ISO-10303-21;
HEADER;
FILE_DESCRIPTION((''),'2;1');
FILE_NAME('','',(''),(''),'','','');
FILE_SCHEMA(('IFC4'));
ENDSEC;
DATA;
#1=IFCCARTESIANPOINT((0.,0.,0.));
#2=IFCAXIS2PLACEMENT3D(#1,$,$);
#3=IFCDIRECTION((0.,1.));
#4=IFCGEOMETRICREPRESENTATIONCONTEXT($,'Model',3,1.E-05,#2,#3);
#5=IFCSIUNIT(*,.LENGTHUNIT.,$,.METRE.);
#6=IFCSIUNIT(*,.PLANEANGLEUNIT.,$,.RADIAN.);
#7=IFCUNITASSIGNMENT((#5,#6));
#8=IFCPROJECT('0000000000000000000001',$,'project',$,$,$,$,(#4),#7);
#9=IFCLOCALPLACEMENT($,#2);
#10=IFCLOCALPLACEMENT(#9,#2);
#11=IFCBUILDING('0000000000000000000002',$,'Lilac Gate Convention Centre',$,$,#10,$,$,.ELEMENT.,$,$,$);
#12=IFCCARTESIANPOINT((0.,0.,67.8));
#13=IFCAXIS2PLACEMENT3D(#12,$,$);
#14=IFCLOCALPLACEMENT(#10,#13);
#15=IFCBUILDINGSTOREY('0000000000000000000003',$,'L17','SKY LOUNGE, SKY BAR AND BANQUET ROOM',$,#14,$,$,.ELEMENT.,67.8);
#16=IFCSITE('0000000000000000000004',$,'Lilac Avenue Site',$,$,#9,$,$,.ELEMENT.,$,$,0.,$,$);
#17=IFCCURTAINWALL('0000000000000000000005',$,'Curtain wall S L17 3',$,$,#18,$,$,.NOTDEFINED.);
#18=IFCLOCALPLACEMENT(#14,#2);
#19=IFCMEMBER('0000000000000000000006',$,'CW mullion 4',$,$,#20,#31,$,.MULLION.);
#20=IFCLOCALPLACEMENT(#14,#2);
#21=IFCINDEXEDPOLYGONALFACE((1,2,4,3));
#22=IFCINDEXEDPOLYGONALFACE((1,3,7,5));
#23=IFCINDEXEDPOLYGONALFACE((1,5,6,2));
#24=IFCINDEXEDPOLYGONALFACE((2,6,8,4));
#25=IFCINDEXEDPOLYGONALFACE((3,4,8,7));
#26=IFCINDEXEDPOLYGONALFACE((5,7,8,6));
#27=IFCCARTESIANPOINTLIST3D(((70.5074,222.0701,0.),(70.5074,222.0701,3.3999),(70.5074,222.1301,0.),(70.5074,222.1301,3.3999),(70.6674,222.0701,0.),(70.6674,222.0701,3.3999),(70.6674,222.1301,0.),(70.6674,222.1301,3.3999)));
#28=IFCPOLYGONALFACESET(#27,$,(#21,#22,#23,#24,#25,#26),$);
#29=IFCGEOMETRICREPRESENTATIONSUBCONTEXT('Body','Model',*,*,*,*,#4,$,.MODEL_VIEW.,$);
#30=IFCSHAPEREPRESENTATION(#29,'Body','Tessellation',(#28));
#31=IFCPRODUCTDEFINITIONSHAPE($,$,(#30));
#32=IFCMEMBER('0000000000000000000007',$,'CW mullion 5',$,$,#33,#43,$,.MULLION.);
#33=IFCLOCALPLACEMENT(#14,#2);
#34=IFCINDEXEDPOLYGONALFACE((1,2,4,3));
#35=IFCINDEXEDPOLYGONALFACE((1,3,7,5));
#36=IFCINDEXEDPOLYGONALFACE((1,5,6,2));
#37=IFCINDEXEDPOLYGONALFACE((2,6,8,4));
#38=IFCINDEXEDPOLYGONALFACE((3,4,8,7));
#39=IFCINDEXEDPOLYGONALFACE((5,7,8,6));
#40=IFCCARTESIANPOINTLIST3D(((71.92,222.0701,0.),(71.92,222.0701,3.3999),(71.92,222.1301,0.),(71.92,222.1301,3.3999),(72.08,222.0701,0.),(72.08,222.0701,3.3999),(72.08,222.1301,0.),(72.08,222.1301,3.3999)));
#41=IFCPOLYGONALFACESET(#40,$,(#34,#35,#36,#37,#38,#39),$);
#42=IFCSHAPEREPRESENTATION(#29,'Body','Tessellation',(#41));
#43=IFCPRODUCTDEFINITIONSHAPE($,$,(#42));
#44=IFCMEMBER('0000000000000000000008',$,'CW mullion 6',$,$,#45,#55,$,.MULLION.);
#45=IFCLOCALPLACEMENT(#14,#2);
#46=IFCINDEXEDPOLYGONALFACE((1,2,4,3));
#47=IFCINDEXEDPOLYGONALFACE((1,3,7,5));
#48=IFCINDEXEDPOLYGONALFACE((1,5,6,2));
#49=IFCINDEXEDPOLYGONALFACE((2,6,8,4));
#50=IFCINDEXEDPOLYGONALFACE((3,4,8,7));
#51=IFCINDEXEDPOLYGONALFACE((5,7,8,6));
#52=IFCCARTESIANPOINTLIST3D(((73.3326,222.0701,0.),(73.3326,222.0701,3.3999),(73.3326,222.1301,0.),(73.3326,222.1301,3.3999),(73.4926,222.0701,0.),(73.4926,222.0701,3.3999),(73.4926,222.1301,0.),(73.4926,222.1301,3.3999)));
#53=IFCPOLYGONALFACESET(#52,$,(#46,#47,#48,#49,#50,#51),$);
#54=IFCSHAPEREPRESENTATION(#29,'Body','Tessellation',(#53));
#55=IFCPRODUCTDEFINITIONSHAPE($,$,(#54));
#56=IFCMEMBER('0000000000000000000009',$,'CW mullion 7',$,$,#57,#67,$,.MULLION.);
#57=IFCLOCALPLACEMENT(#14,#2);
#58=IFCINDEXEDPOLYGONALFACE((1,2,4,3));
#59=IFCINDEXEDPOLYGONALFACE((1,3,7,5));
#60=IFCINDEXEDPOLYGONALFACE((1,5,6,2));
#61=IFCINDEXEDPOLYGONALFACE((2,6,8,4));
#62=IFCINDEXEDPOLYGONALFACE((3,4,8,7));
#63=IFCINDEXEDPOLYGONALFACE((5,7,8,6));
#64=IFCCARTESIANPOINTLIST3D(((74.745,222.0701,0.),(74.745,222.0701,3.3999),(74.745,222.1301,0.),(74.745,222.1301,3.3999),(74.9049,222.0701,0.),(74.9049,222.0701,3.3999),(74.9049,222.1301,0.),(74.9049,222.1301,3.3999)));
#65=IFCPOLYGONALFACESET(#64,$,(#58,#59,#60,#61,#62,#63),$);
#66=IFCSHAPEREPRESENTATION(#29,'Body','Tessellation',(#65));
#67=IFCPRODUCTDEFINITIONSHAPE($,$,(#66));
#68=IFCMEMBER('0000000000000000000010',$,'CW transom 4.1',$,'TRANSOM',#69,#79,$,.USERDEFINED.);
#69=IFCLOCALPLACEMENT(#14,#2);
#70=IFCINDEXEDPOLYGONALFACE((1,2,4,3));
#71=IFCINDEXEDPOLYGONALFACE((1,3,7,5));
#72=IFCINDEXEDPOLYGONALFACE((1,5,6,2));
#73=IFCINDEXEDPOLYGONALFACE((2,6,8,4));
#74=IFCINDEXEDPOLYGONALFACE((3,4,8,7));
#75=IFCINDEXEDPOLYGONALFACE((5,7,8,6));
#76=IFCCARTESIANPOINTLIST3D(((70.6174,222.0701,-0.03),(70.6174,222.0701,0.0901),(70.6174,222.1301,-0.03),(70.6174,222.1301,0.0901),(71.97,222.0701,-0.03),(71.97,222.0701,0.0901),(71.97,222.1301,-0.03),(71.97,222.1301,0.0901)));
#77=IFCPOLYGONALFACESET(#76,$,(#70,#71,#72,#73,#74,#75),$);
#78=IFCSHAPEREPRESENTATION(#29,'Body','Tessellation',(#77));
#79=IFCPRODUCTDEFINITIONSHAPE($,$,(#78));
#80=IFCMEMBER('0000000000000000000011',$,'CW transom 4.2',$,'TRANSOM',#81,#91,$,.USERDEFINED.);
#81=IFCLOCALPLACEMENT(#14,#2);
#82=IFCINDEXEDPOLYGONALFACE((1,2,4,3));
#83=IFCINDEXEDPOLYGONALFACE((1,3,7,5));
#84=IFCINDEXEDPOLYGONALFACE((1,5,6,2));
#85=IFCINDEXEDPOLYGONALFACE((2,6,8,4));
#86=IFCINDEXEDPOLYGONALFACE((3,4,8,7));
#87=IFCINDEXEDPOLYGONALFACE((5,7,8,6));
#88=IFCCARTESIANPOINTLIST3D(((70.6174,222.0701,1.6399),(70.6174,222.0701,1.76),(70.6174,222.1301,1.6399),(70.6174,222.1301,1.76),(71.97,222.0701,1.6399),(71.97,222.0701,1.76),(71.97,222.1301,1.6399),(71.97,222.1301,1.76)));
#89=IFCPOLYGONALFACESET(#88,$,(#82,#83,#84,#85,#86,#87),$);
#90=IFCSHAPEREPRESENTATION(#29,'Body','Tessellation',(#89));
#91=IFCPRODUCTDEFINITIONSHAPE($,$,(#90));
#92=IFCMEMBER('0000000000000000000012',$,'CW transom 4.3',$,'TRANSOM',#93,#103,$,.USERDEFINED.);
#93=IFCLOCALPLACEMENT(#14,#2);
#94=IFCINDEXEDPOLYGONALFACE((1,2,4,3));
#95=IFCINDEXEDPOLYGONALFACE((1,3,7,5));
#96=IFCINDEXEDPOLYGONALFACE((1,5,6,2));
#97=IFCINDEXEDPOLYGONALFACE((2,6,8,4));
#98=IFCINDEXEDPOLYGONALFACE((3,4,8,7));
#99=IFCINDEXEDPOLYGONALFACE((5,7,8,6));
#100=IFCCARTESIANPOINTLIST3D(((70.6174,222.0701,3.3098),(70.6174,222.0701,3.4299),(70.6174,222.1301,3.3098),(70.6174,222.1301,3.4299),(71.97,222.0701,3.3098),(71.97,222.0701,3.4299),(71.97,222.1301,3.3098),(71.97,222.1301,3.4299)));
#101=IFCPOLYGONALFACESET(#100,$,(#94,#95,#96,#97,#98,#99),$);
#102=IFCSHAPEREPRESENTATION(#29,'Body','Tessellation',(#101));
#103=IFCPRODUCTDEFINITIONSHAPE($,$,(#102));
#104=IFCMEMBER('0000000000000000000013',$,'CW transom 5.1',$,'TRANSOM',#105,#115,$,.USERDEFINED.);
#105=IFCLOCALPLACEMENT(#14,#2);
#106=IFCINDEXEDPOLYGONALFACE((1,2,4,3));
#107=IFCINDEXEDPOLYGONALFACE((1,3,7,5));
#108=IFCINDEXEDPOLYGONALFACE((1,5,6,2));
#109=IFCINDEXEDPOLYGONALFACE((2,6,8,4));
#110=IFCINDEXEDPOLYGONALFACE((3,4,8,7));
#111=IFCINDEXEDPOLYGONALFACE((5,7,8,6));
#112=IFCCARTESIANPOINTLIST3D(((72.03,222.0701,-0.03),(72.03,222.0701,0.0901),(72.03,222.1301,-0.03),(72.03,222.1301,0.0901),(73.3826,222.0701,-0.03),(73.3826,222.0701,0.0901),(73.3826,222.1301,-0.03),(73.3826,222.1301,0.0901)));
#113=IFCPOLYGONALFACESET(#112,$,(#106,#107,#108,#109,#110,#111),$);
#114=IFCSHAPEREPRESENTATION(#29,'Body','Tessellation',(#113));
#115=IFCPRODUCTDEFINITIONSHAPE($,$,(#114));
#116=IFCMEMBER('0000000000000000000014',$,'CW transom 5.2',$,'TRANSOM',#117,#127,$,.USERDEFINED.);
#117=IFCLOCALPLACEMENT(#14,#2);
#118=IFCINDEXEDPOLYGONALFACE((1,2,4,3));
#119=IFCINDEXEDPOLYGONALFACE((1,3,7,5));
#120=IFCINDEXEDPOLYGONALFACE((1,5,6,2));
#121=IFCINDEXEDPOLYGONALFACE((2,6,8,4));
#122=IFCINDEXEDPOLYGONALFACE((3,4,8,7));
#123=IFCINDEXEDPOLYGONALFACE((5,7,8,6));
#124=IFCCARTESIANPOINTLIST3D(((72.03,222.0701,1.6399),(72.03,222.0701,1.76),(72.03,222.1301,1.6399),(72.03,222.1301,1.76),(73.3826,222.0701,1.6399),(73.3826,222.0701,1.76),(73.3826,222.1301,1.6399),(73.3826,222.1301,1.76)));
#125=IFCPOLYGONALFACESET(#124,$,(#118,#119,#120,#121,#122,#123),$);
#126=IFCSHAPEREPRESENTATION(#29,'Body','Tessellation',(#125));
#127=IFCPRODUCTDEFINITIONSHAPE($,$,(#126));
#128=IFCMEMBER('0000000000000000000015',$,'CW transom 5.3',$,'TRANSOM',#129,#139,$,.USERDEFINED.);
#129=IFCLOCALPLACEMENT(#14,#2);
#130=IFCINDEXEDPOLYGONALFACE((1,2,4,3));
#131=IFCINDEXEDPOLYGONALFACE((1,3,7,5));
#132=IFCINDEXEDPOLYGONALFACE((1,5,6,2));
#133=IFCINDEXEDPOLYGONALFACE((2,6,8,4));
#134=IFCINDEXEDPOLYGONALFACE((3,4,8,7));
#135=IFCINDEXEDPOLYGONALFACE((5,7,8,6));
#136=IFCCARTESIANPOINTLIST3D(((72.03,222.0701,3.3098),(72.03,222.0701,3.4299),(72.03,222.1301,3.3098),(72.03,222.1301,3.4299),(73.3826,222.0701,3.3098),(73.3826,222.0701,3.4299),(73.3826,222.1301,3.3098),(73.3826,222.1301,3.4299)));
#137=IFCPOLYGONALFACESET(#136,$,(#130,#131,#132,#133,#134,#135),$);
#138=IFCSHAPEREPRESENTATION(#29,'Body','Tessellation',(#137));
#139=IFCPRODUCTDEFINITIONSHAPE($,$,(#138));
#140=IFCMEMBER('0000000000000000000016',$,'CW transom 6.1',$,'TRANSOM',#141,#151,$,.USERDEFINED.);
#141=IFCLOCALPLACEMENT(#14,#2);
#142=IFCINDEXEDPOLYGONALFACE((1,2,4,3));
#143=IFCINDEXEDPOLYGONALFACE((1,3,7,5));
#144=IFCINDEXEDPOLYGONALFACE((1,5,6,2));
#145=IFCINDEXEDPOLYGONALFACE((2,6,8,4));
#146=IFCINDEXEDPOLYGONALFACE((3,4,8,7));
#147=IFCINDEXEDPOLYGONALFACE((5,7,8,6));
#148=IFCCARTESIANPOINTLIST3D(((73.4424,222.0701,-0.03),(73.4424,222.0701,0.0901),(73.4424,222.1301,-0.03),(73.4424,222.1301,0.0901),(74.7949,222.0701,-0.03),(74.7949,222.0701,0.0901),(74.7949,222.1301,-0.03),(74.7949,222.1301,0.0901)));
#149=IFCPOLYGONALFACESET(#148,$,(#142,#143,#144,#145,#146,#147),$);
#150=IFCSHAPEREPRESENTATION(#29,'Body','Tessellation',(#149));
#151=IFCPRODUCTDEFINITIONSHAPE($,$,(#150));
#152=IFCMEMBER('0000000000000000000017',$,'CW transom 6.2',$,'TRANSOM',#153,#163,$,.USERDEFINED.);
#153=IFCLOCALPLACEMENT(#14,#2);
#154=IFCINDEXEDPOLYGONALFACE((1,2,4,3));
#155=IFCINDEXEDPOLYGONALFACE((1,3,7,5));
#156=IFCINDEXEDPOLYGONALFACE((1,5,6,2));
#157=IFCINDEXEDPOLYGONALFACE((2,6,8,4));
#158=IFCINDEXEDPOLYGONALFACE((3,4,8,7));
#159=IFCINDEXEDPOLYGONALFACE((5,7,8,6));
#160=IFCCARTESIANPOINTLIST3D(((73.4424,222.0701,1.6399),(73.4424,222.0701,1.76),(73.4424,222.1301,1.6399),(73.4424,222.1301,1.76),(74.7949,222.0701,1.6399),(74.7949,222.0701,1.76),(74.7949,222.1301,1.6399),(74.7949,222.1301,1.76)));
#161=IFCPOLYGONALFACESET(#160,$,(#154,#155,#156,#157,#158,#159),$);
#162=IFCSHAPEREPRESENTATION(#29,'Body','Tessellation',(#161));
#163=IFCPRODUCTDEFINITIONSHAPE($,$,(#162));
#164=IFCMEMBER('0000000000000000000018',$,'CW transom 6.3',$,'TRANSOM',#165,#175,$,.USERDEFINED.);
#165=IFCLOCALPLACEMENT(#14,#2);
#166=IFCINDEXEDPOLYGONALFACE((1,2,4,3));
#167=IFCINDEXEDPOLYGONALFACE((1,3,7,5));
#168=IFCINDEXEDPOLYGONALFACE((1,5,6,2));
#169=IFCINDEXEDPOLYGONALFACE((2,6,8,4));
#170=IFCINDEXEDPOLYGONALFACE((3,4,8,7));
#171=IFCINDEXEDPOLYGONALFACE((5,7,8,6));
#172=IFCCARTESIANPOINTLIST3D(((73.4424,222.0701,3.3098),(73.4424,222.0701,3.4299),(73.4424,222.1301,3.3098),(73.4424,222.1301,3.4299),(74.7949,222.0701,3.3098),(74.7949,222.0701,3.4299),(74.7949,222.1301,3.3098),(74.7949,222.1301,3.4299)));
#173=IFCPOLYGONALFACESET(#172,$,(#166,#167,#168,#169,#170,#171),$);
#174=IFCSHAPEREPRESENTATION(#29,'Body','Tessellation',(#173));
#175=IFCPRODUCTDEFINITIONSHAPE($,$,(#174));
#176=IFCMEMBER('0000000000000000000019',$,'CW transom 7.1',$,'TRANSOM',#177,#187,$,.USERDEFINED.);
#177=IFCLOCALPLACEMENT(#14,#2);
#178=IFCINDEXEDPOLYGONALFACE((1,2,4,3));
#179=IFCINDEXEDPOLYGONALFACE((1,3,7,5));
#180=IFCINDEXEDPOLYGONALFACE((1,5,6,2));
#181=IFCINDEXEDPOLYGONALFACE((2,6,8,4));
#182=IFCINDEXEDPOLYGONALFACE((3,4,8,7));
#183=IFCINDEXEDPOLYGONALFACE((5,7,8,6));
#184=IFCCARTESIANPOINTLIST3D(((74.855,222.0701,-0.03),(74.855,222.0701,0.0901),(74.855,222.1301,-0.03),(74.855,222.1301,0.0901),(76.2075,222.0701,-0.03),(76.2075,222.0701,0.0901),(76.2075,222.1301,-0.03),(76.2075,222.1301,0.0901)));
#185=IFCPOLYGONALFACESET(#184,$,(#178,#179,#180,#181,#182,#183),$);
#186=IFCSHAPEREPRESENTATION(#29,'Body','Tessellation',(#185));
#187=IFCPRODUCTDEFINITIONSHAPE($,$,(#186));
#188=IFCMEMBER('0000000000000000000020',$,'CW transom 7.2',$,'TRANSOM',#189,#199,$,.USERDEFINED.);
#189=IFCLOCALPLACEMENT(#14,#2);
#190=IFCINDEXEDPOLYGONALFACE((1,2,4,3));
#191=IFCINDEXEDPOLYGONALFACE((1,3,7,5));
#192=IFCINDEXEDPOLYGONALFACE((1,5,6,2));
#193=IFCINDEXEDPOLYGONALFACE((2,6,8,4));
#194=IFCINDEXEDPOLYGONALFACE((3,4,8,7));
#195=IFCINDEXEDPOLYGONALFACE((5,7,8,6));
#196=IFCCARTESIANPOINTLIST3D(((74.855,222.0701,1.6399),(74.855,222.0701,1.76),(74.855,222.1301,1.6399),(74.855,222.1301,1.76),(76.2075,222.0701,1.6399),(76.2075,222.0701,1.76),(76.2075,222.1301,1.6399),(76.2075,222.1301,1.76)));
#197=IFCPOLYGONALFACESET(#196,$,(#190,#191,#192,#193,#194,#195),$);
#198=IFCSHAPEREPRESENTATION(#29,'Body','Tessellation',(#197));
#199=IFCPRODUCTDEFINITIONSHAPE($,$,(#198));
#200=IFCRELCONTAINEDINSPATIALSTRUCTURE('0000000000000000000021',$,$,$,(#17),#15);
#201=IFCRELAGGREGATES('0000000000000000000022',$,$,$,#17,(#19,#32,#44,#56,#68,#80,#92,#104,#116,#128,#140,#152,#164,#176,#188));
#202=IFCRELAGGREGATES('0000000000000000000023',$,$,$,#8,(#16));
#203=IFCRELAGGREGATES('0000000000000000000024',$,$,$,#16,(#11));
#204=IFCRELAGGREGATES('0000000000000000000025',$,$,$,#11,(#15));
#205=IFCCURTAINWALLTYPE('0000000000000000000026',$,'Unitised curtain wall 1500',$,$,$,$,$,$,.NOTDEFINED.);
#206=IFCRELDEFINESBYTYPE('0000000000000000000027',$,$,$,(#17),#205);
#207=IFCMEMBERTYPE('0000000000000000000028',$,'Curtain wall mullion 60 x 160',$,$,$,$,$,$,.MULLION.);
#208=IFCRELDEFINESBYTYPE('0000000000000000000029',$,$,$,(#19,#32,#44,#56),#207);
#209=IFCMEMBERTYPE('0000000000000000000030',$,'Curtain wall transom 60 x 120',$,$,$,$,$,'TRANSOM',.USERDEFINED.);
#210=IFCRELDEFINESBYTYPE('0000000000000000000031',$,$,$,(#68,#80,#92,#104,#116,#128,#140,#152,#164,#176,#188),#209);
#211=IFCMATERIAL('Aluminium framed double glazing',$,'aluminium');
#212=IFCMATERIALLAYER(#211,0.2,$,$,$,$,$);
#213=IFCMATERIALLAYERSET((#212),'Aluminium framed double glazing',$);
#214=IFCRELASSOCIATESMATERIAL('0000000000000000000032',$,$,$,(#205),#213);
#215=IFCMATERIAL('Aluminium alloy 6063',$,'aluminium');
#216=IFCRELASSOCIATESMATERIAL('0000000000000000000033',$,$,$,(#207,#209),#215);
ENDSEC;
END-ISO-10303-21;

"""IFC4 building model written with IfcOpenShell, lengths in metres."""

from ifc_helpers import new_model, si_unit, direction, frame, origin, origin_2d, place, context, subcontext, project, spatial, rectangle, extrude, material, layer, layer_set, material_profile, profile_set, type_object, element, aggregate, save


model = new_model("IFC4")

# Units and contexts
model_context = context("Model", 3, precision=1e-05, world=origin(), true_north=direction((0.0, 1.0)))
body_context = subcontext(model_context, "Body", "Model", "MODEL_VIEW")
ifc_project = project(units=[si_unit("LENGTHUNIT", "METRE"), si_unit("PLANEANGLEUNIT", "RADIAN")], contexts=[model_context])

# Site, building, storey
site_placement = place(None, origin())
site = spatial("IfcSite", under=ifc_project, at=site_placement, Name="Lilac Avenue Site", CompositionType="ELEMENT", RefElevation=0.0)
building_placement = place(site_placement, origin())
building = spatial("IfcBuilding", under=site, at=building_placement, Name="Lilac Gate Convention Centre", CompositionType="ELEMENT")
storey_placement = place(building_placement, frame((0.0, 0.0, 67.8)))
storey = spatial("IfcBuildingStorey", under=building, at=storey_placement, Name="L17", Description="SKY LOUNGE, SKY BAR AND BANQUET ROOM", CompositionType="ELEMENT", Elevation=67.8)

# Curtain wall, members
ifc_material_1 = material(Name="Aluminium framed double glazing", Category="aluminium")
ifc_layer_1 = layer(ifc_material_1, 0.2)
ifc_layer_set_1 = layer_set([ifc_layer_1], Name="Aluminium framed double glazing")
curtain_wall_type = type_object("IfcCurtainWallType", Name="Unitised curtain wall 1500", PredefinedType="NOTDEFINED", material=ifc_layer_set_1)
curtain_wall_placement = place(storey_placement, origin())
curtain_wall = element("IfcCurtainWall", 1, at=curtain_wall_placement, inside=storey, type_object=curtain_wall_type, Name="Curtain wall S L17 3", PredefinedType="NOTDEFINED")
ifc_material_2 = material(Name="Aluminium alloy 6063", Category="aluminium")
ifc_material_profile_1 = material_profile(ifc_material_2, rectangle(XDim=0.0601, YDim=0.1599, at=origin_2d()), Name="Curtain wall mullion 60 x 160")
ifc_profile_set_1 = profile_set([ifc_material_profile_1], Name="Aluminium alloy 6063")
member_type_1 = type_object("IfcMemberType", Name="Curtain wall mullion 60 x 160", PredefinedType="MULLION", material=ifc_profile_set_1)
member_1_placement = place(storey_placement, frame((70.5874, 222.1001, 0.0), z_axis=(0.0, 0.0, 1.0), x_axis=(0.0, 1.0, 0.0)))
member_1 = element("IfcMember", 2, at=member_1_placement, type_object=member_type_1, Name="CW mullion 4", PredefinedType="MULLION", context=body_context, shape_type="SweptSolid", body=[
    extrude(rectangle(XDim=0.0601, YDim=0.1599, at=origin_2d()), origin(), (0.0, 0.0, 1.0), 3.3999),
])
member_2_placement = place(storey_placement, frame((72.0, 222.1001, 0.0), z_axis=(0.0, 0.0, 1.0), x_axis=(0.0, 1.0, 0.0)))
member_2 = element("IfcMember", 3, at=member_2_placement, type_object=member_type_1, Name="CW mullion 5", PredefinedType="MULLION", context=body_context, shape_type="SweptSolid", body=[
    extrude(rectangle(XDim=0.0601, YDim=0.1599, at=origin_2d()), origin(), (0.0, 0.0, 1.0), 3.3999),
])
member_3_placement = place(storey_placement, frame((73.4126, 222.1001, 0.0), z_axis=(0.0, 0.0, 1.0), x_axis=(0.0, 1.0, 0.0)))
member_3 = element("IfcMember", 4, at=member_3_placement, type_object=member_type_1, Name="CW mullion 6", PredefinedType="MULLION", context=body_context, shape_type="SweptSolid", body=[
    extrude(rectangle(XDim=0.0601, YDim=0.1599, at=origin_2d()), origin(), (0.0, 0.0, 1.0), 3.3999),
])
member_4_placement = place(storey_placement, frame((74.825, 222.1001, 0.0), z_axis=(0.0, 0.0, 1.0), x_axis=(0.0, 1.0, 0.0)))
member_4 = element("IfcMember", 5, at=member_4_placement, type_object=member_type_1, Name="CW mullion 7", PredefinedType="MULLION", context=body_context, shape_type="SweptSolid", body=[
    extrude(rectangle(XDim=0.0601, YDim=0.1599, at=origin_2d()), origin(), (0.0, 0.0, 1.0), 3.3999),
])
ifc_material_profile_2 = material_profile(ifc_material_2, rectangle(XDim=0.0601, YDim=0.1201, at=origin_2d()), Name="Curtain wall transom 60 x 120")
ifc_profile_set_2 = profile_set([ifc_material_profile_2], Name="Aluminium alloy 6063")
member_type_2 = type_object("IfcMemberType", Name="Curtain wall transom 60 x 120", ElementType="TRANSOM", PredefinedType="USERDEFINED", material=ifc_profile_set_2)
member_5_placement = place(storey_placement, frame((70.6174, 222.1001, 0.03), z_axis=(1.0, 0.0, 0.0), x_axis=(0.0, 1.0, 0.0)))
member_5 = element("IfcMember", 6, at=member_5_placement, type_object=member_type_2, Name="CW transom 4.1", ObjectType="TRANSOM", PredefinedType="USERDEFINED", context=body_context, shape_type="SweptSolid", body=[
    extrude(rectangle(XDim=0.0601, YDim=0.1201, at=origin_2d()), origin(), (0.0, 0.0, 1.0), 1.3525),
])
member_6_placement = place(storey_placement, frame((70.6174, 222.1001, 1.7), z_axis=(1.0, 0.0, 0.0), x_axis=(0.0, 1.0, 0.0)))
member_6 = element("IfcMember", 7, at=member_6_placement, type_object=member_type_2, Name="CW transom 4.2", ObjectType="TRANSOM", PredefinedType="USERDEFINED", context=body_context, shape_type="SweptSolid", body=[
    extrude(rectangle(XDim=0.0601, YDim=0.1201, at=origin_2d()), origin(), (0.0, 0.0, 1.0), 1.3525),
])
member_7_placement = place(storey_placement, frame((70.6174, 222.1001, 3.3699), z_axis=(1.0, 0.0, 0.0), x_axis=(0.0, 1.0, 0.0)))
member_7 = element("IfcMember", 8, at=member_7_placement, type_object=member_type_2, Name="CW transom 4.3", ObjectType="TRANSOM", PredefinedType="USERDEFINED", context=body_context, shape_type="SweptSolid", body=[
    extrude(rectangle(XDim=0.0601, YDim=0.1201, at=origin_2d()), origin(), (0.0, 0.0, 1.0), 1.3525),
])
member_8_placement = place(storey_placement, frame((72.03, 222.1001, 0.03), z_axis=(1.0, 0.0, 0.0), x_axis=(0.0, 1.0, 0.0)))
member_8 = element("IfcMember", 9, at=member_8_placement, type_object=member_type_2, Name="CW transom 5.1", ObjectType="TRANSOM", PredefinedType="USERDEFINED", context=body_context, shape_type="SweptSolid", body=[
    extrude(rectangle(XDim=0.0601, YDim=0.1201, at=origin_2d()), origin(), (0.0, 0.0, 1.0), 1.3525),
])
member_9_placement = place(storey_placement, frame((72.03, 222.1001, 1.7), z_axis=(1.0, 0.0, 0.0), x_axis=(0.0, 1.0, 0.0)))
member_9 = element("IfcMember", 10, at=member_9_placement, type_object=member_type_2, Name="CW transom 5.2", ObjectType="TRANSOM", PredefinedType="USERDEFINED", context=body_context, shape_type="SweptSolid", body=[
    extrude(rectangle(XDim=0.0601, YDim=0.1201, at=origin_2d()), origin(), (0.0, 0.0, 1.0), 1.3525),
])
member_10_placement = place(storey_placement, frame((72.03, 222.1001, 3.3699), z_axis=(1.0, 0.0, 0.0), x_axis=(0.0, 1.0, 0.0)))
member_10 = element("IfcMember", 11, at=member_10_placement, type_object=member_type_2, Name="CW transom 5.3", ObjectType="TRANSOM", PredefinedType="USERDEFINED", context=body_context, shape_type="SweptSolid", body=[
    extrude(rectangle(XDim=0.0601, YDim=0.1201, at=origin_2d()), origin(), (0.0, 0.0, 1.0), 1.3525),
])
member_11_placement = place(storey_placement, frame((73.4424, 222.1001, 0.03), z_axis=(1.0, 0.0, 0.0), x_axis=(0.0, 1.0, 0.0)))
member_11 = element("IfcMember", 12, at=member_11_placement, type_object=member_type_2, Name="CW transom 6.1", ObjectType="TRANSOM", PredefinedType="USERDEFINED", context=body_context, shape_type="SweptSolid", body=[
    extrude(rectangle(XDim=0.0601, YDim=0.1201, at=origin_2d()), origin(), (0.0, 0.0, 1.0), 1.3525),
])
member_12_placement = place(storey_placement, frame((73.4424, 222.1001, 1.7), z_axis=(1.0, 0.0, 0.0), x_axis=(0.0, 1.0, 0.0)))
member_12 = element("IfcMember", 13, at=member_12_placement, type_object=member_type_2, Name="CW transom 6.2", ObjectType="TRANSOM", PredefinedType="USERDEFINED", context=body_context, shape_type="SweptSolid", body=[
    extrude(rectangle(XDim=0.0601, YDim=0.1201, at=origin_2d()), origin(), (0.0, 0.0, 1.0), 1.3525),
])
member_13_placement = place(storey_placement, frame((73.4424, 222.1001, 3.3699), z_axis=(1.0, 0.0, 0.0), x_axis=(0.0, 1.0, 0.0)))
member_13 = element("IfcMember", 14, at=member_13_placement, type_object=member_type_2, Name="CW transom 6.3", ObjectType="TRANSOM", PredefinedType="USERDEFINED", context=body_context, shape_type="SweptSolid", body=[
    extrude(rectangle(XDim=0.0601, YDim=0.1201, at=origin_2d()), origin(), (0.0, 0.0, 1.0), 1.3525),
])
member_14_placement = place(storey_placement, frame((74.855, 222.1001, 0.03), z_axis=(1.0, 0.0, 0.0), x_axis=(0.0, 1.0, 0.0)))
member_14 = element("IfcMember", 15, at=member_14_placement, type_object=member_type_2, Name="CW transom 7.1", ObjectType="TRANSOM", PredefinedType="USERDEFINED", context=body_context, shape_type="SweptSolid", body=[
    extrude(rectangle(XDim=0.0601, YDim=0.1201, at=origin_2d()), origin(), (0.0, 0.0, 1.0), 1.3525),
])
member_15_placement = place(storey_placement, frame((74.855, 222.1001, 1.7), z_axis=(1.0, 0.0, 0.0), x_axis=(0.0, 1.0, 0.0)))
member_15 = element("IfcMember", 16, at=member_15_placement, type_object=member_type_2, Name="CW transom 7.2", ObjectType="TRANSOM", PredefinedType="USERDEFINED", context=body_context, shape_type="SweptSolid", body=[
    extrude(rectangle(XDim=0.0601, YDim=0.1201, at=origin_2d()), origin(), (0.0, 0.0, 1.0), 1.3525),
])
aggregate(curtain_wall, [member_1, member_2, member_3, member_4, member_5, member_6, member_7, member_8, member_9, member_10, member_11, member_12, member_13, member_14, member_15])

save(model, "model.ifc")
